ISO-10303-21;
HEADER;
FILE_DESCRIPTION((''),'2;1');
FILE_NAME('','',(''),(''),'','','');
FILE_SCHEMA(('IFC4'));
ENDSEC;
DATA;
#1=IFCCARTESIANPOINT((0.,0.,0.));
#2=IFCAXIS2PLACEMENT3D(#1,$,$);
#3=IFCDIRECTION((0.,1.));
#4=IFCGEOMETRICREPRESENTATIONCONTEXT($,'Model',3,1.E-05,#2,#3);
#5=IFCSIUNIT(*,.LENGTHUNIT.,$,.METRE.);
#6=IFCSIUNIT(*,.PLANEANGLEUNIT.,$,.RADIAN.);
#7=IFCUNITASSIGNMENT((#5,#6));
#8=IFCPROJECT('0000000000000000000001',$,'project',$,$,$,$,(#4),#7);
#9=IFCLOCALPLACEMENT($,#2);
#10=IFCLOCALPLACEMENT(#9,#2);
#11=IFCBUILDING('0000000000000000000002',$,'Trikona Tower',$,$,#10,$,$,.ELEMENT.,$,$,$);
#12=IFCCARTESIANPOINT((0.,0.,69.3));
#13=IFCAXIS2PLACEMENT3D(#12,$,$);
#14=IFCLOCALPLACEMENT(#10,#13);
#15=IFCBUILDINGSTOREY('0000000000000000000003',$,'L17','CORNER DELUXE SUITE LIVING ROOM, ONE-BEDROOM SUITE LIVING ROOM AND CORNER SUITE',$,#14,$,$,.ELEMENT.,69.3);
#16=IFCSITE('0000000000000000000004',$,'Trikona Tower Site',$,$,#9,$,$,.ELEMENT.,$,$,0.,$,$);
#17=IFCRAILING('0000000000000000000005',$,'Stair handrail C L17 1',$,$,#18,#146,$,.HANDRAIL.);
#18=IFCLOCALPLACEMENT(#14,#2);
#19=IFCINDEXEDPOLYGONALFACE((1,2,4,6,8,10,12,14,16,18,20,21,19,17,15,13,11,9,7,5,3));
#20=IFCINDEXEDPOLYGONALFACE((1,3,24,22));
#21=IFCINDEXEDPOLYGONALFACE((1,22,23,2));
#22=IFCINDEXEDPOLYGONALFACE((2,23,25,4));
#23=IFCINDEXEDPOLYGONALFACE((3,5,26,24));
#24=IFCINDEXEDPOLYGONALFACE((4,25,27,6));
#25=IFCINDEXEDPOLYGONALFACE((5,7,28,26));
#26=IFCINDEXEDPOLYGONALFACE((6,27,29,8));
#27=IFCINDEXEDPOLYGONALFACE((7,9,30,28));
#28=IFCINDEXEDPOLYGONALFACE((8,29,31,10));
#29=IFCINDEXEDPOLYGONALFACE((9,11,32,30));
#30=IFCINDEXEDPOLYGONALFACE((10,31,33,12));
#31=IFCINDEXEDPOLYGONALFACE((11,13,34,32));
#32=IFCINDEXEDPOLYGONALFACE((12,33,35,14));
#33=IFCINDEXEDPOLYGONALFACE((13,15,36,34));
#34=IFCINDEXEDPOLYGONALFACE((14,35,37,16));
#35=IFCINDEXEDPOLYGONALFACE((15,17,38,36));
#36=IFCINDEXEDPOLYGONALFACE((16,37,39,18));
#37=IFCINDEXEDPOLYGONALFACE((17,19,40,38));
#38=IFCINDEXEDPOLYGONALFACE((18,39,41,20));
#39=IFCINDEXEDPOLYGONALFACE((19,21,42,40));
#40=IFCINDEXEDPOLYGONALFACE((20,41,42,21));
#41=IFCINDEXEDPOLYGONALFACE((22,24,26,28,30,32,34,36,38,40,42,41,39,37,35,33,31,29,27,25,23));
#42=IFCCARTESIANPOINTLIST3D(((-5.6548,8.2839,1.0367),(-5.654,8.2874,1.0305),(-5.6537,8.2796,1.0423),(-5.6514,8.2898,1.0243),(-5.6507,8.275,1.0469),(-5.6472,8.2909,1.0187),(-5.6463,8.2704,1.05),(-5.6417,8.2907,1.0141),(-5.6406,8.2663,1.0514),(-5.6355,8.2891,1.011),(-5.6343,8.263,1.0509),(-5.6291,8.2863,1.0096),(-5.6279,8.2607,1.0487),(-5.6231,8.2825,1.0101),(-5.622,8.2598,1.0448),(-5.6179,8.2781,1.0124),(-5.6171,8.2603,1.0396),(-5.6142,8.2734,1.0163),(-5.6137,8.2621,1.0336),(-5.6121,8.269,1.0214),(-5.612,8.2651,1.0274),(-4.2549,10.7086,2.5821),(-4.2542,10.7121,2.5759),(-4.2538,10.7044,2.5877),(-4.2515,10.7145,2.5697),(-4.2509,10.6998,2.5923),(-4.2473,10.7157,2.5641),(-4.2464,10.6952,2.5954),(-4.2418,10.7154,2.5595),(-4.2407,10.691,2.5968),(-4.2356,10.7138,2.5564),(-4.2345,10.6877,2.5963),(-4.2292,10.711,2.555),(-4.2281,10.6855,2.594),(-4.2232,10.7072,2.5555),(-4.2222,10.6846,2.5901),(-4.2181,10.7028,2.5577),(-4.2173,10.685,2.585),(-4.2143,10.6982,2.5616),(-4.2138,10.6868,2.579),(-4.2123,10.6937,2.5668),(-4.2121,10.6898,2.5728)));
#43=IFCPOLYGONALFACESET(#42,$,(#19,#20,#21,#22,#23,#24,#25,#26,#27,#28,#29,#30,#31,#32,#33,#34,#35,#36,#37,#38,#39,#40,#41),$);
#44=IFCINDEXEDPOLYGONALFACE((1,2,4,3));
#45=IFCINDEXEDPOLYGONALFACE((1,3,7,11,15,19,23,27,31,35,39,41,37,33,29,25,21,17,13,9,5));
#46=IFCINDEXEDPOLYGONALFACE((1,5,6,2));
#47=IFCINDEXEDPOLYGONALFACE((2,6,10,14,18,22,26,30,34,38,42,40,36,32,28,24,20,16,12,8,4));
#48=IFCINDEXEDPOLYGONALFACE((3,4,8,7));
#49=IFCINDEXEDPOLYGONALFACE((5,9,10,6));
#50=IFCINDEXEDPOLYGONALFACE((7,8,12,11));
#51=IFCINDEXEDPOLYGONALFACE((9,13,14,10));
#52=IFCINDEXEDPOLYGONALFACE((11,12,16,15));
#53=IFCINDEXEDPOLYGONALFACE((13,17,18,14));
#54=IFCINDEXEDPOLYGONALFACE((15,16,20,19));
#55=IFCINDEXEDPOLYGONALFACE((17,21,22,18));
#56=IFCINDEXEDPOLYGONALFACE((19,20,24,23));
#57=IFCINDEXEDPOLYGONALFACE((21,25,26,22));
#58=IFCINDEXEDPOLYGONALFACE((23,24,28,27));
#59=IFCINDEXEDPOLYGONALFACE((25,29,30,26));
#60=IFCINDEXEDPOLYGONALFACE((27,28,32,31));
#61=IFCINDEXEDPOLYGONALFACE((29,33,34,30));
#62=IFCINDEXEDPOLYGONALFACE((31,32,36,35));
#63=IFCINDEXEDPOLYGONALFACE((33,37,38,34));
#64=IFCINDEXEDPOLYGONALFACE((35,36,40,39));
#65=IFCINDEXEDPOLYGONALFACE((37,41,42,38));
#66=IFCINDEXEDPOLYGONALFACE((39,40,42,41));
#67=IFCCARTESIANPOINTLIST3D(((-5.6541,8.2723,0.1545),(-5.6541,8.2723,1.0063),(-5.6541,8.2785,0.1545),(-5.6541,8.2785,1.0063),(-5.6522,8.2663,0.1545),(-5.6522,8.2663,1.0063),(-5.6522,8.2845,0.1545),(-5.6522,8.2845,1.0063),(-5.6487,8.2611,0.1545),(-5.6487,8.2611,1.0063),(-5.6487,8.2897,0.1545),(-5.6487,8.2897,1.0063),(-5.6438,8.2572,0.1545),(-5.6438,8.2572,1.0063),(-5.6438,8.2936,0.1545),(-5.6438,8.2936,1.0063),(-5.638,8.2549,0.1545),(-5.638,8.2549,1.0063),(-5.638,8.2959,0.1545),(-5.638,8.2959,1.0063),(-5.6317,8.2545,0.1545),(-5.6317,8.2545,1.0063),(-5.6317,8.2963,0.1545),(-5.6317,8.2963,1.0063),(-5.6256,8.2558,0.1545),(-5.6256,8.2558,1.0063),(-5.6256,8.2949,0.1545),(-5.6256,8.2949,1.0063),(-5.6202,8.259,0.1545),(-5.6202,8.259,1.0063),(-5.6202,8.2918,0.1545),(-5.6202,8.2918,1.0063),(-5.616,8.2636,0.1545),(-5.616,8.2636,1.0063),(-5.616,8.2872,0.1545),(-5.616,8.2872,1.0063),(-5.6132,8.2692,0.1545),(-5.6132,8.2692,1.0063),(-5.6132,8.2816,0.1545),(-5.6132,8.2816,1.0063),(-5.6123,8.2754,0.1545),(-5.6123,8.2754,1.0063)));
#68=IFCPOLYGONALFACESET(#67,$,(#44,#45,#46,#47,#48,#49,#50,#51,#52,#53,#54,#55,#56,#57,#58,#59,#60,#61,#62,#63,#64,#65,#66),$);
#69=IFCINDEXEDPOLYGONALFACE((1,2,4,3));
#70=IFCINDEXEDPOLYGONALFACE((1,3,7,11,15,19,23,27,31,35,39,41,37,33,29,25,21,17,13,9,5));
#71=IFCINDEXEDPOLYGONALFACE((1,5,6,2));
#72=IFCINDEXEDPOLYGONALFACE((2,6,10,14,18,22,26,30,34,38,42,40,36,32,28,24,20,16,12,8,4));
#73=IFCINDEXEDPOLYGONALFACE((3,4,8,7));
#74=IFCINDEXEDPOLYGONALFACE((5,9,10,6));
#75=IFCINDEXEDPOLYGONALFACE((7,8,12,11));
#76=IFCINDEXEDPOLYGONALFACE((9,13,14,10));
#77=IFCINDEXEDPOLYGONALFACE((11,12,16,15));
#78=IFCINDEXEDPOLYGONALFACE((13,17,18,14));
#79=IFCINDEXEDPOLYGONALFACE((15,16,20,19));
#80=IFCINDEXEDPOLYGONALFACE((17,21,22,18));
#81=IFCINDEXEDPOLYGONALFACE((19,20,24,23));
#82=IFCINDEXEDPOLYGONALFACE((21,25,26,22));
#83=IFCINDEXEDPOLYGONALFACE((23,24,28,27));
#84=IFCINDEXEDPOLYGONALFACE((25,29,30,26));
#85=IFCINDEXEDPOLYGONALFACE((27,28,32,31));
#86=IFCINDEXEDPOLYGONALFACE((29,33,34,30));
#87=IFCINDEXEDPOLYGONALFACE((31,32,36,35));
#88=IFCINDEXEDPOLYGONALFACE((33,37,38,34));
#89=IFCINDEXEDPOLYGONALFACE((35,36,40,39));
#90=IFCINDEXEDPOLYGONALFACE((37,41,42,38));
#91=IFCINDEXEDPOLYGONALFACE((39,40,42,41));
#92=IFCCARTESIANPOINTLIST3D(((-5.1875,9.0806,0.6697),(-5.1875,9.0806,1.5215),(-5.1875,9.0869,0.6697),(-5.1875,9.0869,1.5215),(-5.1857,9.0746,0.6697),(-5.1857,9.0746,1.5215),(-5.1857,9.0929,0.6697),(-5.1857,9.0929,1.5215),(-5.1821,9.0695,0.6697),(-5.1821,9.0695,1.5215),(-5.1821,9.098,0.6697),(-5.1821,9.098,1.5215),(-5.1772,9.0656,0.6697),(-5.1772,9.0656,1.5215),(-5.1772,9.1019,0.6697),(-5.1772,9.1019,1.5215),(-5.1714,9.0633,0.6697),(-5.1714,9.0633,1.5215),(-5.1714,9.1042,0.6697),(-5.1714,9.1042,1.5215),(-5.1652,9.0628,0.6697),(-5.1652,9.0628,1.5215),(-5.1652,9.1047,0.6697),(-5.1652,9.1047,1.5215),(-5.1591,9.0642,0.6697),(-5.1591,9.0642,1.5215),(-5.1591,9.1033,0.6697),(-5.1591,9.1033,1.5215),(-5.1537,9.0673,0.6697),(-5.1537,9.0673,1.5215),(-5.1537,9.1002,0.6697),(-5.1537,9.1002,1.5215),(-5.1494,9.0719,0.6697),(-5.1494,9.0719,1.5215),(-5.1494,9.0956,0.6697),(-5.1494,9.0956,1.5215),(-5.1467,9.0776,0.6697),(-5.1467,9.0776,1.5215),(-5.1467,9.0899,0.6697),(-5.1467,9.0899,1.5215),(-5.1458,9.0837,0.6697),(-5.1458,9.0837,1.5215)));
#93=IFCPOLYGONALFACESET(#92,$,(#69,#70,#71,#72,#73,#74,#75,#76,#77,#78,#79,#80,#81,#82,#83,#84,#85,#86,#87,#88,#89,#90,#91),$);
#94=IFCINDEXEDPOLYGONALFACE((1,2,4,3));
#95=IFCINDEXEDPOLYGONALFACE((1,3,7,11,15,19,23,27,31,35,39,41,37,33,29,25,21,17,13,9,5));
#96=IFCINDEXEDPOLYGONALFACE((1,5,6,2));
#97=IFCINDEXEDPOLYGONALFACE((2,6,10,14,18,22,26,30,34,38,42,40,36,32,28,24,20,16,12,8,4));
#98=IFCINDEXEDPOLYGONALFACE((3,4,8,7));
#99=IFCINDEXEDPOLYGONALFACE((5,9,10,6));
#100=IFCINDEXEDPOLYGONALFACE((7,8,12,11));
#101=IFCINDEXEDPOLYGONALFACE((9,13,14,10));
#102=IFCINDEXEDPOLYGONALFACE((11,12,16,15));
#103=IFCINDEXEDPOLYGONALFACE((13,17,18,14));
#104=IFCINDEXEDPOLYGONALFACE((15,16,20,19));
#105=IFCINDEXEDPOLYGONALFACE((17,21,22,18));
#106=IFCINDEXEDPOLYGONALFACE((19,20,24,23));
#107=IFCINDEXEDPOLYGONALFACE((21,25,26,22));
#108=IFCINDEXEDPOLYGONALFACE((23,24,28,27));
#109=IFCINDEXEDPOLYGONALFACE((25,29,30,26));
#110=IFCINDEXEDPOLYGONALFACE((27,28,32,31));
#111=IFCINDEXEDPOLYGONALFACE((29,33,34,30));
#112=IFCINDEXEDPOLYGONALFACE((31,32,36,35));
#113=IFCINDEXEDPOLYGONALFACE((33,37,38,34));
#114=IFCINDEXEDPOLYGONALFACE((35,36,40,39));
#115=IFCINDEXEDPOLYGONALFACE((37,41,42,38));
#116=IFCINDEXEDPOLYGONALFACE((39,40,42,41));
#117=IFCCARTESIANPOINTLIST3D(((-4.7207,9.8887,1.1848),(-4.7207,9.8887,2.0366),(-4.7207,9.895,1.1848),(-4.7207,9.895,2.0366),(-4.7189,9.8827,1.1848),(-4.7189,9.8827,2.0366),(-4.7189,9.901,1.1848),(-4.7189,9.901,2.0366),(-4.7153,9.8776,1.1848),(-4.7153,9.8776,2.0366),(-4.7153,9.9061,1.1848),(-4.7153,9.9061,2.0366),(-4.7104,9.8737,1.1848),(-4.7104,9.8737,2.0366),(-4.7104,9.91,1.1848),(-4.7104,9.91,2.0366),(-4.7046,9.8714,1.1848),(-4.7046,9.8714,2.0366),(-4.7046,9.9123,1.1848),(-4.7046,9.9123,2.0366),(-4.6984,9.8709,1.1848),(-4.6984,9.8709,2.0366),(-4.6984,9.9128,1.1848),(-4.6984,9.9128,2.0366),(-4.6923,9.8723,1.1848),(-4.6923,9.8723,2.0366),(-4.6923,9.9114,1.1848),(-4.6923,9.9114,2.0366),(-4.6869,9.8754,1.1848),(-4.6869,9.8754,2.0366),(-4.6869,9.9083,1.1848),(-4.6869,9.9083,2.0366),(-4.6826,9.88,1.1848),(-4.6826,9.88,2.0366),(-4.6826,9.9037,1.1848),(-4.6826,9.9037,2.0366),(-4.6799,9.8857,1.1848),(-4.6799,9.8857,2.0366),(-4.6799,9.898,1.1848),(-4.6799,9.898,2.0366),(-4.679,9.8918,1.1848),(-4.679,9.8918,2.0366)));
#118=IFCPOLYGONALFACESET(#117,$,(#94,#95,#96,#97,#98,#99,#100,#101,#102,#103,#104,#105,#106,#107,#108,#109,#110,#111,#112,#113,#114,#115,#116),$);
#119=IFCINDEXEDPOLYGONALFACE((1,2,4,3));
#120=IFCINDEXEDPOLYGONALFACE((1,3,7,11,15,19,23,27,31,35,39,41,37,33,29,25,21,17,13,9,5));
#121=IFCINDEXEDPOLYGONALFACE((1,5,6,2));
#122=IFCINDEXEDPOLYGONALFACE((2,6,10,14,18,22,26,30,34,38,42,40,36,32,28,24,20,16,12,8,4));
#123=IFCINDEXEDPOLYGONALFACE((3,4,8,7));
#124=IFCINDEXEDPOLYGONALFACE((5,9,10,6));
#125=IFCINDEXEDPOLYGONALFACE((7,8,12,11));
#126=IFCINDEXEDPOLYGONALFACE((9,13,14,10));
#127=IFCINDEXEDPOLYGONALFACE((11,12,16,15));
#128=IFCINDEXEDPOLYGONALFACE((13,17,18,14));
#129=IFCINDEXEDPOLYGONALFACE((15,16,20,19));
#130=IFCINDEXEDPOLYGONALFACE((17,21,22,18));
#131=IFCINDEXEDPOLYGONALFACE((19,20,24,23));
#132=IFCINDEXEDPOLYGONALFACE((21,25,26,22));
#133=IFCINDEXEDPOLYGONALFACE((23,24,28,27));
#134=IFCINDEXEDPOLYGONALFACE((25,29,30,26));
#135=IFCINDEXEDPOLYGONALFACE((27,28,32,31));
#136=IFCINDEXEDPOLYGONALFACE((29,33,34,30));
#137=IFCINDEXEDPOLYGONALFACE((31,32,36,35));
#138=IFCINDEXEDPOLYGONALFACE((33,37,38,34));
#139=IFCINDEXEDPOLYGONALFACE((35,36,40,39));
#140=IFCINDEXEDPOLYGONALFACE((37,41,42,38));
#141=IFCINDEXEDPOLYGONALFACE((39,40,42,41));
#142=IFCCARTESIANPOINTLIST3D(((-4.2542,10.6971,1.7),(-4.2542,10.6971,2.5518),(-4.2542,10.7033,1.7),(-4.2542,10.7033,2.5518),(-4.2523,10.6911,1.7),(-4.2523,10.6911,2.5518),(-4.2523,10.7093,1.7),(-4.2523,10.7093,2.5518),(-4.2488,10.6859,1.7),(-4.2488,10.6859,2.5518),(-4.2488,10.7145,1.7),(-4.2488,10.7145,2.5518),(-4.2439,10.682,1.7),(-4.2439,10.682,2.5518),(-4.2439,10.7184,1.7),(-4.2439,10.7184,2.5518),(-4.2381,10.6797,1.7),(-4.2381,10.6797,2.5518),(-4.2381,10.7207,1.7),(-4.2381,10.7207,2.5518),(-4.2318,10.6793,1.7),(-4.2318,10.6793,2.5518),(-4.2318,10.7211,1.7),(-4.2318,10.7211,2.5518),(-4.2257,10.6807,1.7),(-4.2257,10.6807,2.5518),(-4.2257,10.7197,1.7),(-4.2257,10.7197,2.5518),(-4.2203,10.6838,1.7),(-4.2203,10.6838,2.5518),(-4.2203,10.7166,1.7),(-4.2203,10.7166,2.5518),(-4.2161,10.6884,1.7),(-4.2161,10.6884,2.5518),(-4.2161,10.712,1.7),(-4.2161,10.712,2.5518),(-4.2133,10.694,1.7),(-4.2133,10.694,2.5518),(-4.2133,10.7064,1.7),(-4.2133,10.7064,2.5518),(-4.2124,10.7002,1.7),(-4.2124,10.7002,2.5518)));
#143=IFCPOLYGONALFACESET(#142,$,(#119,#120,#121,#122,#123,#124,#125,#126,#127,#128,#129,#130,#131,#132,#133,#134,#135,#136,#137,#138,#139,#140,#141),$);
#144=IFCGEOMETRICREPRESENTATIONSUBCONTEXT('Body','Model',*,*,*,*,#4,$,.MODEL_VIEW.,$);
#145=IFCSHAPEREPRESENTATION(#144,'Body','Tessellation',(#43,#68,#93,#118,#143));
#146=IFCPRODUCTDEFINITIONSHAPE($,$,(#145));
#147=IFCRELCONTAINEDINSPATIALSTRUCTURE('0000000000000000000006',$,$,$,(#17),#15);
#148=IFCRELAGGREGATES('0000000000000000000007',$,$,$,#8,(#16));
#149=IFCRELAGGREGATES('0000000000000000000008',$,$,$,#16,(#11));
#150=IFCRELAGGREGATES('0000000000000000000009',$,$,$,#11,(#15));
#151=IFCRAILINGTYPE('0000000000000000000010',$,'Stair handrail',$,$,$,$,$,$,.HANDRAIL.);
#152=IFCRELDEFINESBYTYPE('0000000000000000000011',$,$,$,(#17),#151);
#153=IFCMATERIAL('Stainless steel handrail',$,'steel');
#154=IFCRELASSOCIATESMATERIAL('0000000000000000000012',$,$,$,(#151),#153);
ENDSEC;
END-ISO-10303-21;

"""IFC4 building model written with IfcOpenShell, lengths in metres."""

from ifc_helpers import new_model, si_unit, direction, frame, origin, origin_2d, place, context, subcontext, project, spatial, circle, extrude, material, type_object, element, save


model = new_model("IFC4")

# Units and contexts
model_context = context("Model", 3, precision=1e-05, world=origin(), true_north=direction((0.0, 1.0)))
body_context = subcontext(model_context, "Body", "Model", "MODEL_VIEW")
ifc_project = project(units=[si_unit("LENGTHUNIT", "METRE"), si_unit("PLANEANGLEUNIT", "RADIAN")], contexts=[model_context])

# Site, building, storey
site_placement = place(None, origin())
site = spatial("IfcSite", under=ifc_project, at=site_placement, Name="Trikona Tower Site", CompositionType="ELEMENT", RefElevation=0.0)
building_placement = place(site_placement, origin())
building = spatial("IfcBuilding", under=site, at=building_placement, Name="Trikona Tower", CompositionType="ELEMENT")
storey_placement = place(building_placement, frame((0.0, 0.0, 69.3)))
storey = spatial("IfcBuildingStorey", under=building, at=storey_placement, Name="L17", Description="CORNER DELUXE SUITE LIVING ROOM, ONE-BEDROOM SUITE LIVING ROOM AND CORNER SUITE", CompositionType="ELEMENT", Elevation=69.3)

# Railing
ifc_material_1 = material(Name="Stainless steel handrail", Category="steel")
railing_type = type_object("IfcRailingType", Name="Stair handrail", PredefinedType="HANDRAIL", material=ifc_material_1)
railing_1_placement = place(storey_placement, frame((-5.6333, 8.2754, 0.1545)))
element("IfcRailing", 1, at=railing_1_placement, inside=storey, type_object=railing_type, Name="Stair handrail C L17 1", PredefinedType="HANDRAIL", context=body_context, shape_type="SweptSolid", body=[
    extrude(circle(Radius=0.0239, at=origin_2d()), frame((0.0, 0.0, 0.876), z_axis=(0.437733, 0.758207, 0.483231), x_axis=(-0.866035, 0.499984, 0.0)), (0.0, 0.0, 1.0), 3.198),
    extrude(circle(Radius=0.021, at=origin_2d()), origin(), (0.0, 0.0, 1.0), 0.8518),
    extrude(circle(Radius=0.021, at=origin_2d()), frame((0.4666, 0.8083, 0.5151)), (0.0, 0.0, 1.0), 0.8518),
    extrude(circle(Radius=0.021, at=origin_2d()), frame((0.9333, 1.6165, 1.0303)), (0.0, 0.0, 1.0), 0.8518),
    extrude(circle(Radius=0.021, at=origin_2d()), frame((1.3999, 2.4248, 1.5454)), (0.0, 0.0, 1.0), 0.8518),
])

save(model, "model.ifc")
